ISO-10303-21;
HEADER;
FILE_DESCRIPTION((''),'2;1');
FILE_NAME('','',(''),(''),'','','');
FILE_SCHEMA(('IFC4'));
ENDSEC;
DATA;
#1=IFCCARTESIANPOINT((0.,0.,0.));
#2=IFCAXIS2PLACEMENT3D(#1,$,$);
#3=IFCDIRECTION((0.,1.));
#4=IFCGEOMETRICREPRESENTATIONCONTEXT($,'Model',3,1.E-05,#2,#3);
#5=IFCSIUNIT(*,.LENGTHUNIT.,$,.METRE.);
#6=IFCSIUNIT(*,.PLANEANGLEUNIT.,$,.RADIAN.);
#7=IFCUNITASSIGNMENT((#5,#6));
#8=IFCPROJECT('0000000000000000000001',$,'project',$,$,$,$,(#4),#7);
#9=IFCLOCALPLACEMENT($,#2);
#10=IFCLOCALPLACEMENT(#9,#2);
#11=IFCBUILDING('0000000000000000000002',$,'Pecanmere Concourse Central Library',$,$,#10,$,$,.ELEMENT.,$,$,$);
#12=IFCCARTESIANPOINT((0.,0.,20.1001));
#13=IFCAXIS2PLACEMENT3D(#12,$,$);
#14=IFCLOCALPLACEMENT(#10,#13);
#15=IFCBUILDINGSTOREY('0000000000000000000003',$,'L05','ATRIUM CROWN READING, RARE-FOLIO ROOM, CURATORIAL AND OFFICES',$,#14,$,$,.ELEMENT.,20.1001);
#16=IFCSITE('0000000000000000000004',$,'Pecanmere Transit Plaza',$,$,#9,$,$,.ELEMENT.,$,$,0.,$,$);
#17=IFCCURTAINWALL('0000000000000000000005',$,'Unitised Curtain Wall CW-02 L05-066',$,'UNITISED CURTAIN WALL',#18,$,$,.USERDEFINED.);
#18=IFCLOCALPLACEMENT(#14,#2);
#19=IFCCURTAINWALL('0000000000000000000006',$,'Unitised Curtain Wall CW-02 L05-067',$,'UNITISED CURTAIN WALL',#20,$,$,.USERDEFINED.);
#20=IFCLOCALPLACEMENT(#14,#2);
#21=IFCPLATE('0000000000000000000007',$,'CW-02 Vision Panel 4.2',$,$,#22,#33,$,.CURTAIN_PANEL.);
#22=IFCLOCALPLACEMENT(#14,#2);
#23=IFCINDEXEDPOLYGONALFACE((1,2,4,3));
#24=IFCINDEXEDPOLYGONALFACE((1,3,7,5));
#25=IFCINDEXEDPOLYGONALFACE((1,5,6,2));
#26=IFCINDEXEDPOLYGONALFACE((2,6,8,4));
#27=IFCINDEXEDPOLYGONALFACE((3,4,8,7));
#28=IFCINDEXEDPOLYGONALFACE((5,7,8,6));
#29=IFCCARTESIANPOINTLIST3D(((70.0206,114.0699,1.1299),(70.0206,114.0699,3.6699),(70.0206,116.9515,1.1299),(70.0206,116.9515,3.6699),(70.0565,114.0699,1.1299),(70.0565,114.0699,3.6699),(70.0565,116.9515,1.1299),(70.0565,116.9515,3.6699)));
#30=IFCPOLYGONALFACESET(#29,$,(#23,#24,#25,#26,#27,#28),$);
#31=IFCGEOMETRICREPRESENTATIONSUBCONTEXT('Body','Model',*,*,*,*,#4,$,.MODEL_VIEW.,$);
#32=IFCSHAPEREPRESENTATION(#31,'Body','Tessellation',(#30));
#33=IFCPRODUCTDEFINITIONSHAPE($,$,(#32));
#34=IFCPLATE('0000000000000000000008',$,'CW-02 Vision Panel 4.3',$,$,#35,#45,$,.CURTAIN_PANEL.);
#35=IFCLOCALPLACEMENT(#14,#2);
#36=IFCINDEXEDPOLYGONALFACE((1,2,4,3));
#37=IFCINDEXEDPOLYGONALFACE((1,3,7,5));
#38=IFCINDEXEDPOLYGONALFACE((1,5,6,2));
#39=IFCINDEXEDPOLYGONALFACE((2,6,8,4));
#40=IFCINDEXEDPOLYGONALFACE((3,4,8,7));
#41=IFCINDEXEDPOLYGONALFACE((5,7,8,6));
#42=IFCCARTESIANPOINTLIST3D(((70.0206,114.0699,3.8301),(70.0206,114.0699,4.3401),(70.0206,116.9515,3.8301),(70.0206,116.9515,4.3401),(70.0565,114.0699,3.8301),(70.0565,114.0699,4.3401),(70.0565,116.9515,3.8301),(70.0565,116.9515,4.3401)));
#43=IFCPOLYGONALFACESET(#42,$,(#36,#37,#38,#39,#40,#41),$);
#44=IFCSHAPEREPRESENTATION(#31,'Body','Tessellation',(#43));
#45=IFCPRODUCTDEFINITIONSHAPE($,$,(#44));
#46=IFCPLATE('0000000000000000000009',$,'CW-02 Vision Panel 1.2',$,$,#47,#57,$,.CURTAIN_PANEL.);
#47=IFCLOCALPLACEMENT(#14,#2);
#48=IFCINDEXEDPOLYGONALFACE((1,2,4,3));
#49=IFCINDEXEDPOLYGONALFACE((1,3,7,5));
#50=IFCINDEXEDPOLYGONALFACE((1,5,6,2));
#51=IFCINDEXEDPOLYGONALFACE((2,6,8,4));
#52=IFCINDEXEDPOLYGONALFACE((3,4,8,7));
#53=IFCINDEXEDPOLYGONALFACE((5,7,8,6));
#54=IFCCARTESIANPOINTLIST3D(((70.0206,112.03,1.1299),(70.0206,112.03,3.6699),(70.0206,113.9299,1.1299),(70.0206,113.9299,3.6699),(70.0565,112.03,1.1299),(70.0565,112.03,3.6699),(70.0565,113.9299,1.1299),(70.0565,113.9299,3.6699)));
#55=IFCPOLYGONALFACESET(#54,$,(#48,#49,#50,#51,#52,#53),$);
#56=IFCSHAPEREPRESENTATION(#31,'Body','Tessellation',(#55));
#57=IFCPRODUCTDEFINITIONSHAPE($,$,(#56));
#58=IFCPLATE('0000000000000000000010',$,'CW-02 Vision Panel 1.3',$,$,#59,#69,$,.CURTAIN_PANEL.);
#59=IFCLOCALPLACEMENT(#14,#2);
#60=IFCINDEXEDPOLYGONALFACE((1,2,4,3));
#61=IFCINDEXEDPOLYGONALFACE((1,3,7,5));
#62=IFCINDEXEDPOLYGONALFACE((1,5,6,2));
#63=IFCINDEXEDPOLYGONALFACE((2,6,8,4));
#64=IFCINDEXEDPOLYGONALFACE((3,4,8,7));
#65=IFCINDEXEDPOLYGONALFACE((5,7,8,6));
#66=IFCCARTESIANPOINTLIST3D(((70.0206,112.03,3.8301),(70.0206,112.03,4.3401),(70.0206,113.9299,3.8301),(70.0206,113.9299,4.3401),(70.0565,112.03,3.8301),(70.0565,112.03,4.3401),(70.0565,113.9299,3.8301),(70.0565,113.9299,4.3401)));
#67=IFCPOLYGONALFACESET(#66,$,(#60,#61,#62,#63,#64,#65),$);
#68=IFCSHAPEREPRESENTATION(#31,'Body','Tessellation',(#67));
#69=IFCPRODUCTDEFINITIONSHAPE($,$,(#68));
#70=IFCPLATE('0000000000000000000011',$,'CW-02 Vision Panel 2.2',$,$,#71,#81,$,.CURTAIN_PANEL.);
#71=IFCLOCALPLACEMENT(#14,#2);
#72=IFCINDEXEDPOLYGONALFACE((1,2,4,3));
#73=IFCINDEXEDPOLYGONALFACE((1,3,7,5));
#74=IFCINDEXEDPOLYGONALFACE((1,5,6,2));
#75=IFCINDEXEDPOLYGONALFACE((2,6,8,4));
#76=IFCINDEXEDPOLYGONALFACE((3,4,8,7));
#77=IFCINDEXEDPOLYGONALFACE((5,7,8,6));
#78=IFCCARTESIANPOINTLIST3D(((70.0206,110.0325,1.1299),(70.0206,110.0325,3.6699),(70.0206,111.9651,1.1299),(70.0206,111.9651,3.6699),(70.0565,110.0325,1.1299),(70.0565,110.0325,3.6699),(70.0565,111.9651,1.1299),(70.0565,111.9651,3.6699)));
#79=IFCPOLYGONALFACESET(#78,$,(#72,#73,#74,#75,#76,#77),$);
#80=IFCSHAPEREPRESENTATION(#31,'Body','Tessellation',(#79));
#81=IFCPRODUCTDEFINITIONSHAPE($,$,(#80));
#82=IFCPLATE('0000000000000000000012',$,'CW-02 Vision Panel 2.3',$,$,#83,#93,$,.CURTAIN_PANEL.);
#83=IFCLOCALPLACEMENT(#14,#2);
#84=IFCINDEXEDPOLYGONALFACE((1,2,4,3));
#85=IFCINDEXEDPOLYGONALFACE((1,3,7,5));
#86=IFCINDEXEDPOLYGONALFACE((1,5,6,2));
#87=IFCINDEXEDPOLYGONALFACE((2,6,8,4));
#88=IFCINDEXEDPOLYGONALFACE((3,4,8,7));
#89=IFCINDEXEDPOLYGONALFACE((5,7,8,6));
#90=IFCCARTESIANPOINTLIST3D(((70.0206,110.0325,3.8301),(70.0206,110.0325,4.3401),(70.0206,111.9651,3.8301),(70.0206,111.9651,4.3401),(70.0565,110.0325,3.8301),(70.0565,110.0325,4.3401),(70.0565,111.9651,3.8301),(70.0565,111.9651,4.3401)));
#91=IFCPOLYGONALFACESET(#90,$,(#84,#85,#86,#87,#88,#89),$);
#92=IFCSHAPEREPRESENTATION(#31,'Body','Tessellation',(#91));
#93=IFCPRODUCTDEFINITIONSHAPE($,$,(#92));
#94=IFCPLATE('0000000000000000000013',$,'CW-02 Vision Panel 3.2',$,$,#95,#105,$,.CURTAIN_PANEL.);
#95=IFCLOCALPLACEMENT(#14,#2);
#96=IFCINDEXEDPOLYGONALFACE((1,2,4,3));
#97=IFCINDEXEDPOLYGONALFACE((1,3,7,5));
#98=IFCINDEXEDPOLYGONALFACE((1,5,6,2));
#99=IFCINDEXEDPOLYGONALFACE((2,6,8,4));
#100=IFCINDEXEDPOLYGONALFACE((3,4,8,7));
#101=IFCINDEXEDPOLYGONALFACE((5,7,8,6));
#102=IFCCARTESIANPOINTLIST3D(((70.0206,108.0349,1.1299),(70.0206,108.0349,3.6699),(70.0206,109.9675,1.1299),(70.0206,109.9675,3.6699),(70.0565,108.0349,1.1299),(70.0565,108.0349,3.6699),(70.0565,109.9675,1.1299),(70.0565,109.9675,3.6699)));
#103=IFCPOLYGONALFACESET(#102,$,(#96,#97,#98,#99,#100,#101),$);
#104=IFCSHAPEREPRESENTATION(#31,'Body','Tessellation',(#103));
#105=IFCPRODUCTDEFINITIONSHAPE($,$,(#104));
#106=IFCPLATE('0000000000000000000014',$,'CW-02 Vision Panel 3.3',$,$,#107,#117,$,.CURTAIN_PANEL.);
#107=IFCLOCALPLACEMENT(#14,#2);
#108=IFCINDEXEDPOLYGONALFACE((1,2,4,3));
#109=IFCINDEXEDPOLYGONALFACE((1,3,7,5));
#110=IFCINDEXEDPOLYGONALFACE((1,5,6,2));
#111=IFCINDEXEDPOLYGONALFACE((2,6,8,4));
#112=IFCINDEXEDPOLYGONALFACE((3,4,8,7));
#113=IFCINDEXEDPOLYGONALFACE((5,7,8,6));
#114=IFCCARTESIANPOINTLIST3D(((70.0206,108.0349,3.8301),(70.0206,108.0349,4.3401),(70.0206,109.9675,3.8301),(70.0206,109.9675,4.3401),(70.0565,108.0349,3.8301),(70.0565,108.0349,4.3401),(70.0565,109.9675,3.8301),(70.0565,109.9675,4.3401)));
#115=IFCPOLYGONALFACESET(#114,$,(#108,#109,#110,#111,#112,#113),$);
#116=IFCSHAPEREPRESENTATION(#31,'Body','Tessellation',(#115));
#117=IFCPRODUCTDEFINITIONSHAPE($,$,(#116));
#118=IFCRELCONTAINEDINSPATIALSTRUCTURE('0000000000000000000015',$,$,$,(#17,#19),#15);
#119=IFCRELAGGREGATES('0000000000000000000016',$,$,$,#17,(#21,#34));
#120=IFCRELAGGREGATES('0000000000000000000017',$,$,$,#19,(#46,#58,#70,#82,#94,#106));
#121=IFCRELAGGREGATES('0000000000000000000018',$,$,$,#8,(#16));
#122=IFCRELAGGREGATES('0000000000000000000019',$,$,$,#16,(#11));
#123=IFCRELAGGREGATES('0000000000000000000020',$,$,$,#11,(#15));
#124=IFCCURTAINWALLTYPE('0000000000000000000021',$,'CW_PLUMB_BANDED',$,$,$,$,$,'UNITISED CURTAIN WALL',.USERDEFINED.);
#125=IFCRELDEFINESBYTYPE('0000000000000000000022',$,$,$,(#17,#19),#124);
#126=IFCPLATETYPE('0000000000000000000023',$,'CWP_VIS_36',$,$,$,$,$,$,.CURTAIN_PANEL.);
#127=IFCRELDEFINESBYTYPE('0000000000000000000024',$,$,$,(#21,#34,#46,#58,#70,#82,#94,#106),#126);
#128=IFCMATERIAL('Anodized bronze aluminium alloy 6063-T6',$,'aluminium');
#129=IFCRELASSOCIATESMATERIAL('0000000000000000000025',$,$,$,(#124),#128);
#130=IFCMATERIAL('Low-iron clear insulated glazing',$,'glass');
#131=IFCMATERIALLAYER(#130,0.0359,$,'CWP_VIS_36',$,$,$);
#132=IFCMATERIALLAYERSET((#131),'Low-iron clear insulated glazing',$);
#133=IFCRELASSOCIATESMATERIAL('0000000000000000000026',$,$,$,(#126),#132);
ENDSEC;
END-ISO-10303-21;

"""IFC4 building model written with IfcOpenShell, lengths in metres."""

from ifc_helpers import new_model, si_unit, direction, frame, origin, origin_2d, place, context, subcontext, project, spatial, rectangle, extrude, material, layer, layer_set, type_object, element, aggregate, save


model = new_model("IFC4")

# Units and contexts
model_context = context("Model", 3, precision=1e-05, world=origin(), true_north=direction((0.0, 1.0)))
body_context = subcontext(model_context, "Body", "Model", "MODEL_VIEW")
ifc_project = project(units=[si_unit("LENGTHUNIT", "METRE"), si_unit("PLANEANGLEUNIT", "RADIAN")], contexts=[model_context])

# Site, building, storey
site_placement = place(None, origin())
site = spatial("IfcSite", under=ifc_project, at=site_placement, Name="Pecanmere Transit Plaza", CompositionType="ELEMENT", RefElevation=0.0)
building_placement = place(site_placement, origin())
building = spatial("IfcBuilding", under=site, at=building_placement, Name="Pecanmere Concourse Central Library", CompositionType="ELEMENT")
storey_placement = place(building_placement, frame((0.0, 0.0, 20.1001)))
storey = spatial("IfcBuildingStorey", under=building, at=storey_placement, Name="L05", Description="ATRIUM CROWN READING, RARE-FOLIO ROOM, CURATORIAL AND OFFICES", CompositionType="ELEMENT", Elevation=20.1001)

# Curtain walls
ifc_material_1 = material(Name="Anodized bronze aluminium alloy 6063-T6", Category="aluminium")
curtain_wall_type = type_object("IfcCurtainWallType", Name="CW_PLUMB_BANDED", ElementType="UNITISED CURTAIN WALL", PredefinedType="USERDEFINED", material=ifc_material_1)
curtain_wall_1_placement = place(storey_placement, origin())
curtain_wall_1 = element("IfcCurtainWall", 1, at=curtain_wall_1_placement, inside=storey, type_object=curtain_wall_type, Name="Unitised Curtain Wall CW-02 L05-066", ObjectType="UNITISED CURTAIN WALL", PredefinedType="USERDEFINED")
curtain_wall_2_placement = place(storey_placement, origin())
curtain_wall_2 = element("IfcCurtainWall", 2, at=curtain_wall_2_placement, inside=storey, type_object=curtain_wall_type, Name="Unitised Curtain Wall CW-02 L05-067", ObjectType="UNITISED CURTAIN WALL", PredefinedType="USERDEFINED")

# Plates
ifc_material_2 = material(Name="Low-iron clear insulated glazing", Category="glass")
ifc_layer_1 = layer(ifc_material_2, 0.0359, Name="CWP_VIS_36")
ifc_layer_set_1 = layer_set([ifc_layer_1], Name="Low-iron clear insulated glazing")
plate_type_1 = type_object("IfcPlateType", Name="CWP_VIS_36", PredefinedType="CURTAIN_PANEL", material=ifc_layer_set_1)
plate_1_placement = place(storey_placement, frame((70.0386, 115.5107, 1.1299), z_axis=(0.0, 0.0, 1.0), x_axis=(0.0, -1.0, 0.0)))
plate_1 = element("IfcPlate", 3, at=plate_1_placement, type_object=plate_type_1, Name="CW-02 Vision Panel 4.2", PredefinedType="CURTAIN_PANEL", context=body_context, shape_type="SweptSolid", body=[
    extrude(rectangle(XDim=2.8816, YDim=0.0359, at=origin_2d()), origin(), (0.0, 0.0, 1.0), 2.54),
])
plate_2_placement = place(storey_placement, frame((70.0386, 115.5107, 3.8301), z_axis=(0.0, 0.0, 1.0), x_axis=(0.0, -1.0, 0.0)))
plate_2 = element("IfcPlate", 4, at=plate_2_placement, type_object=plate_type_1, Name="CW-02 Vision Panel 4.3", PredefinedType="CURTAIN_PANEL", context=body_context, shape_type="SweptSolid", body=[
    extrude(rectangle(XDim=2.8816, YDim=0.0359, at=origin_2d()), origin(), (0.0, 0.0, 1.0), 0.51),
])
aggregate(curtain_wall_1, [plate_1, plate_2])
plate_3_placement = place(storey_placement, frame((70.0386, 112.98, 1.1299), z_axis=(0.0, 0.0, 1.0), x_axis=(0.0, -1.0, 0.0)))
plate_3 = element("IfcPlate", 5, at=plate_3_placement, type_object=plate_type_1, Name="CW-02 Vision Panel 1.2", PredefinedType="CURTAIN_PANEL", context=body_context, shape_type="SweptSolid", body=[
    extrude(rectangle(XDim=1.8999, YDim=0.0359, at=origin_2d()), origin(), (0.0, 0.0, 1.0), 2.54),
])
plate_4_placement = place(storey_placement, frame((70.0386, 112.98, 3.8301), z_axis=(0.0, 0.0, 1.0), x_axis=(0.0, -1.0, 0.0)))
plate_4 = element("IfcPlate", 6, at=plate_4_placement, type_object=plate_type_1, Name="CW-02 Vision Panel 1.3", PredefinedType="CURTAIN_PANEL", context=body_context, shape_type="SweptSolid", body=[
    extrude(rectangle(XDim=1.8999, YDim=0.0359, at=origin_2d()), origin(), (0.0, 0.0, 1.0), 0.51),
])
plate_5_placement = place(storey_placement, frame((70.0386, 110.9988, 1.1299), z_axis=(0.0, 0.0, 1.0), x_axis=(0.0, -1.0, 0.0)))
plate_5 = element("IfcPlate", 7, at=plate_5_placement, type_object=plate_type_1, Name="CW-02 Vision Panel 2.2", PredefinedType="CURTAIN_PANEL", context=body_context, shape_type="SweptSolid", body=[
    extrude(rectangle(XDim=1.9326, YDim=0.0359, at=origin_2d()), origin(), (0.0, 0.0, 1.0), 2.54),
])
plate_6_placement = place(storey_placement, frame((70.0386, 110.9988, 3.8301), z_axis=(0.0, 0.0, 1.0), x_axis=(0.0, -1.0, 0.0)))
plate_6 = element("IfcPlate", 8, at=plate_6_placement, type_object=plate_type_1, Name="CW-02 Vision Panel 2.3", PredefinedType="CURTAIN_PANEL", context=body_context, shape_type="SweptSolid", body=[
    extrude(rectangle(XDim=1.9326, YDim=0.0359, at=origin_2d()), origin(), (0.0, 0.0, 1.0), 0.51),
])
plate_7_placement = place(storey_placement, frame((70.0386, 109.0012, 1.1299), z_axis=(0.0, 0.0, 1.0), x_axis=(0.0, -1.0, 0.0)))
plate_7 = element("IfcPlate", 9, at=plate_7_placement, type_object=plate_type_1, Name="CW-02 Vision Panel 3.2", PredefinedType="CURTAIN_PANEL", context=body_context, shape_type="SweptSolid", body=[
    extrude(rectangle(XDim=1.9326, YDim=0.0359, at=origin_2d()), origin(), (0.0, 0.0, 1.0), 2.54),
])
plate_8_placement = place(storey_placement, frame((70.0386, 109.0012, 3.8301), z_axis=(0.0, 0.0, 1.0), x_axis=(0.0, -1.0, 0.0)))
plate_8 = element("IfcPlate", 10, at=plate_8_placement, type_object=plate_type_1, Name="CW-02 Vision Panel 3.3", PredefinedType="CURTAIN_PANEL", context=body_context, shape_type="SweptSolid", body=[
    extrude(rectangle(XDim=1.9326, YDim=0.0359, at=origin_2d()), origin(), (0.0, 0.0, 1.0), 0.51),
])
aggregate(curtain_wall_2, [plate_3, plate_4, plate_5, plate_6, plate_7, plate_8])

save(model, "model.ifc")
